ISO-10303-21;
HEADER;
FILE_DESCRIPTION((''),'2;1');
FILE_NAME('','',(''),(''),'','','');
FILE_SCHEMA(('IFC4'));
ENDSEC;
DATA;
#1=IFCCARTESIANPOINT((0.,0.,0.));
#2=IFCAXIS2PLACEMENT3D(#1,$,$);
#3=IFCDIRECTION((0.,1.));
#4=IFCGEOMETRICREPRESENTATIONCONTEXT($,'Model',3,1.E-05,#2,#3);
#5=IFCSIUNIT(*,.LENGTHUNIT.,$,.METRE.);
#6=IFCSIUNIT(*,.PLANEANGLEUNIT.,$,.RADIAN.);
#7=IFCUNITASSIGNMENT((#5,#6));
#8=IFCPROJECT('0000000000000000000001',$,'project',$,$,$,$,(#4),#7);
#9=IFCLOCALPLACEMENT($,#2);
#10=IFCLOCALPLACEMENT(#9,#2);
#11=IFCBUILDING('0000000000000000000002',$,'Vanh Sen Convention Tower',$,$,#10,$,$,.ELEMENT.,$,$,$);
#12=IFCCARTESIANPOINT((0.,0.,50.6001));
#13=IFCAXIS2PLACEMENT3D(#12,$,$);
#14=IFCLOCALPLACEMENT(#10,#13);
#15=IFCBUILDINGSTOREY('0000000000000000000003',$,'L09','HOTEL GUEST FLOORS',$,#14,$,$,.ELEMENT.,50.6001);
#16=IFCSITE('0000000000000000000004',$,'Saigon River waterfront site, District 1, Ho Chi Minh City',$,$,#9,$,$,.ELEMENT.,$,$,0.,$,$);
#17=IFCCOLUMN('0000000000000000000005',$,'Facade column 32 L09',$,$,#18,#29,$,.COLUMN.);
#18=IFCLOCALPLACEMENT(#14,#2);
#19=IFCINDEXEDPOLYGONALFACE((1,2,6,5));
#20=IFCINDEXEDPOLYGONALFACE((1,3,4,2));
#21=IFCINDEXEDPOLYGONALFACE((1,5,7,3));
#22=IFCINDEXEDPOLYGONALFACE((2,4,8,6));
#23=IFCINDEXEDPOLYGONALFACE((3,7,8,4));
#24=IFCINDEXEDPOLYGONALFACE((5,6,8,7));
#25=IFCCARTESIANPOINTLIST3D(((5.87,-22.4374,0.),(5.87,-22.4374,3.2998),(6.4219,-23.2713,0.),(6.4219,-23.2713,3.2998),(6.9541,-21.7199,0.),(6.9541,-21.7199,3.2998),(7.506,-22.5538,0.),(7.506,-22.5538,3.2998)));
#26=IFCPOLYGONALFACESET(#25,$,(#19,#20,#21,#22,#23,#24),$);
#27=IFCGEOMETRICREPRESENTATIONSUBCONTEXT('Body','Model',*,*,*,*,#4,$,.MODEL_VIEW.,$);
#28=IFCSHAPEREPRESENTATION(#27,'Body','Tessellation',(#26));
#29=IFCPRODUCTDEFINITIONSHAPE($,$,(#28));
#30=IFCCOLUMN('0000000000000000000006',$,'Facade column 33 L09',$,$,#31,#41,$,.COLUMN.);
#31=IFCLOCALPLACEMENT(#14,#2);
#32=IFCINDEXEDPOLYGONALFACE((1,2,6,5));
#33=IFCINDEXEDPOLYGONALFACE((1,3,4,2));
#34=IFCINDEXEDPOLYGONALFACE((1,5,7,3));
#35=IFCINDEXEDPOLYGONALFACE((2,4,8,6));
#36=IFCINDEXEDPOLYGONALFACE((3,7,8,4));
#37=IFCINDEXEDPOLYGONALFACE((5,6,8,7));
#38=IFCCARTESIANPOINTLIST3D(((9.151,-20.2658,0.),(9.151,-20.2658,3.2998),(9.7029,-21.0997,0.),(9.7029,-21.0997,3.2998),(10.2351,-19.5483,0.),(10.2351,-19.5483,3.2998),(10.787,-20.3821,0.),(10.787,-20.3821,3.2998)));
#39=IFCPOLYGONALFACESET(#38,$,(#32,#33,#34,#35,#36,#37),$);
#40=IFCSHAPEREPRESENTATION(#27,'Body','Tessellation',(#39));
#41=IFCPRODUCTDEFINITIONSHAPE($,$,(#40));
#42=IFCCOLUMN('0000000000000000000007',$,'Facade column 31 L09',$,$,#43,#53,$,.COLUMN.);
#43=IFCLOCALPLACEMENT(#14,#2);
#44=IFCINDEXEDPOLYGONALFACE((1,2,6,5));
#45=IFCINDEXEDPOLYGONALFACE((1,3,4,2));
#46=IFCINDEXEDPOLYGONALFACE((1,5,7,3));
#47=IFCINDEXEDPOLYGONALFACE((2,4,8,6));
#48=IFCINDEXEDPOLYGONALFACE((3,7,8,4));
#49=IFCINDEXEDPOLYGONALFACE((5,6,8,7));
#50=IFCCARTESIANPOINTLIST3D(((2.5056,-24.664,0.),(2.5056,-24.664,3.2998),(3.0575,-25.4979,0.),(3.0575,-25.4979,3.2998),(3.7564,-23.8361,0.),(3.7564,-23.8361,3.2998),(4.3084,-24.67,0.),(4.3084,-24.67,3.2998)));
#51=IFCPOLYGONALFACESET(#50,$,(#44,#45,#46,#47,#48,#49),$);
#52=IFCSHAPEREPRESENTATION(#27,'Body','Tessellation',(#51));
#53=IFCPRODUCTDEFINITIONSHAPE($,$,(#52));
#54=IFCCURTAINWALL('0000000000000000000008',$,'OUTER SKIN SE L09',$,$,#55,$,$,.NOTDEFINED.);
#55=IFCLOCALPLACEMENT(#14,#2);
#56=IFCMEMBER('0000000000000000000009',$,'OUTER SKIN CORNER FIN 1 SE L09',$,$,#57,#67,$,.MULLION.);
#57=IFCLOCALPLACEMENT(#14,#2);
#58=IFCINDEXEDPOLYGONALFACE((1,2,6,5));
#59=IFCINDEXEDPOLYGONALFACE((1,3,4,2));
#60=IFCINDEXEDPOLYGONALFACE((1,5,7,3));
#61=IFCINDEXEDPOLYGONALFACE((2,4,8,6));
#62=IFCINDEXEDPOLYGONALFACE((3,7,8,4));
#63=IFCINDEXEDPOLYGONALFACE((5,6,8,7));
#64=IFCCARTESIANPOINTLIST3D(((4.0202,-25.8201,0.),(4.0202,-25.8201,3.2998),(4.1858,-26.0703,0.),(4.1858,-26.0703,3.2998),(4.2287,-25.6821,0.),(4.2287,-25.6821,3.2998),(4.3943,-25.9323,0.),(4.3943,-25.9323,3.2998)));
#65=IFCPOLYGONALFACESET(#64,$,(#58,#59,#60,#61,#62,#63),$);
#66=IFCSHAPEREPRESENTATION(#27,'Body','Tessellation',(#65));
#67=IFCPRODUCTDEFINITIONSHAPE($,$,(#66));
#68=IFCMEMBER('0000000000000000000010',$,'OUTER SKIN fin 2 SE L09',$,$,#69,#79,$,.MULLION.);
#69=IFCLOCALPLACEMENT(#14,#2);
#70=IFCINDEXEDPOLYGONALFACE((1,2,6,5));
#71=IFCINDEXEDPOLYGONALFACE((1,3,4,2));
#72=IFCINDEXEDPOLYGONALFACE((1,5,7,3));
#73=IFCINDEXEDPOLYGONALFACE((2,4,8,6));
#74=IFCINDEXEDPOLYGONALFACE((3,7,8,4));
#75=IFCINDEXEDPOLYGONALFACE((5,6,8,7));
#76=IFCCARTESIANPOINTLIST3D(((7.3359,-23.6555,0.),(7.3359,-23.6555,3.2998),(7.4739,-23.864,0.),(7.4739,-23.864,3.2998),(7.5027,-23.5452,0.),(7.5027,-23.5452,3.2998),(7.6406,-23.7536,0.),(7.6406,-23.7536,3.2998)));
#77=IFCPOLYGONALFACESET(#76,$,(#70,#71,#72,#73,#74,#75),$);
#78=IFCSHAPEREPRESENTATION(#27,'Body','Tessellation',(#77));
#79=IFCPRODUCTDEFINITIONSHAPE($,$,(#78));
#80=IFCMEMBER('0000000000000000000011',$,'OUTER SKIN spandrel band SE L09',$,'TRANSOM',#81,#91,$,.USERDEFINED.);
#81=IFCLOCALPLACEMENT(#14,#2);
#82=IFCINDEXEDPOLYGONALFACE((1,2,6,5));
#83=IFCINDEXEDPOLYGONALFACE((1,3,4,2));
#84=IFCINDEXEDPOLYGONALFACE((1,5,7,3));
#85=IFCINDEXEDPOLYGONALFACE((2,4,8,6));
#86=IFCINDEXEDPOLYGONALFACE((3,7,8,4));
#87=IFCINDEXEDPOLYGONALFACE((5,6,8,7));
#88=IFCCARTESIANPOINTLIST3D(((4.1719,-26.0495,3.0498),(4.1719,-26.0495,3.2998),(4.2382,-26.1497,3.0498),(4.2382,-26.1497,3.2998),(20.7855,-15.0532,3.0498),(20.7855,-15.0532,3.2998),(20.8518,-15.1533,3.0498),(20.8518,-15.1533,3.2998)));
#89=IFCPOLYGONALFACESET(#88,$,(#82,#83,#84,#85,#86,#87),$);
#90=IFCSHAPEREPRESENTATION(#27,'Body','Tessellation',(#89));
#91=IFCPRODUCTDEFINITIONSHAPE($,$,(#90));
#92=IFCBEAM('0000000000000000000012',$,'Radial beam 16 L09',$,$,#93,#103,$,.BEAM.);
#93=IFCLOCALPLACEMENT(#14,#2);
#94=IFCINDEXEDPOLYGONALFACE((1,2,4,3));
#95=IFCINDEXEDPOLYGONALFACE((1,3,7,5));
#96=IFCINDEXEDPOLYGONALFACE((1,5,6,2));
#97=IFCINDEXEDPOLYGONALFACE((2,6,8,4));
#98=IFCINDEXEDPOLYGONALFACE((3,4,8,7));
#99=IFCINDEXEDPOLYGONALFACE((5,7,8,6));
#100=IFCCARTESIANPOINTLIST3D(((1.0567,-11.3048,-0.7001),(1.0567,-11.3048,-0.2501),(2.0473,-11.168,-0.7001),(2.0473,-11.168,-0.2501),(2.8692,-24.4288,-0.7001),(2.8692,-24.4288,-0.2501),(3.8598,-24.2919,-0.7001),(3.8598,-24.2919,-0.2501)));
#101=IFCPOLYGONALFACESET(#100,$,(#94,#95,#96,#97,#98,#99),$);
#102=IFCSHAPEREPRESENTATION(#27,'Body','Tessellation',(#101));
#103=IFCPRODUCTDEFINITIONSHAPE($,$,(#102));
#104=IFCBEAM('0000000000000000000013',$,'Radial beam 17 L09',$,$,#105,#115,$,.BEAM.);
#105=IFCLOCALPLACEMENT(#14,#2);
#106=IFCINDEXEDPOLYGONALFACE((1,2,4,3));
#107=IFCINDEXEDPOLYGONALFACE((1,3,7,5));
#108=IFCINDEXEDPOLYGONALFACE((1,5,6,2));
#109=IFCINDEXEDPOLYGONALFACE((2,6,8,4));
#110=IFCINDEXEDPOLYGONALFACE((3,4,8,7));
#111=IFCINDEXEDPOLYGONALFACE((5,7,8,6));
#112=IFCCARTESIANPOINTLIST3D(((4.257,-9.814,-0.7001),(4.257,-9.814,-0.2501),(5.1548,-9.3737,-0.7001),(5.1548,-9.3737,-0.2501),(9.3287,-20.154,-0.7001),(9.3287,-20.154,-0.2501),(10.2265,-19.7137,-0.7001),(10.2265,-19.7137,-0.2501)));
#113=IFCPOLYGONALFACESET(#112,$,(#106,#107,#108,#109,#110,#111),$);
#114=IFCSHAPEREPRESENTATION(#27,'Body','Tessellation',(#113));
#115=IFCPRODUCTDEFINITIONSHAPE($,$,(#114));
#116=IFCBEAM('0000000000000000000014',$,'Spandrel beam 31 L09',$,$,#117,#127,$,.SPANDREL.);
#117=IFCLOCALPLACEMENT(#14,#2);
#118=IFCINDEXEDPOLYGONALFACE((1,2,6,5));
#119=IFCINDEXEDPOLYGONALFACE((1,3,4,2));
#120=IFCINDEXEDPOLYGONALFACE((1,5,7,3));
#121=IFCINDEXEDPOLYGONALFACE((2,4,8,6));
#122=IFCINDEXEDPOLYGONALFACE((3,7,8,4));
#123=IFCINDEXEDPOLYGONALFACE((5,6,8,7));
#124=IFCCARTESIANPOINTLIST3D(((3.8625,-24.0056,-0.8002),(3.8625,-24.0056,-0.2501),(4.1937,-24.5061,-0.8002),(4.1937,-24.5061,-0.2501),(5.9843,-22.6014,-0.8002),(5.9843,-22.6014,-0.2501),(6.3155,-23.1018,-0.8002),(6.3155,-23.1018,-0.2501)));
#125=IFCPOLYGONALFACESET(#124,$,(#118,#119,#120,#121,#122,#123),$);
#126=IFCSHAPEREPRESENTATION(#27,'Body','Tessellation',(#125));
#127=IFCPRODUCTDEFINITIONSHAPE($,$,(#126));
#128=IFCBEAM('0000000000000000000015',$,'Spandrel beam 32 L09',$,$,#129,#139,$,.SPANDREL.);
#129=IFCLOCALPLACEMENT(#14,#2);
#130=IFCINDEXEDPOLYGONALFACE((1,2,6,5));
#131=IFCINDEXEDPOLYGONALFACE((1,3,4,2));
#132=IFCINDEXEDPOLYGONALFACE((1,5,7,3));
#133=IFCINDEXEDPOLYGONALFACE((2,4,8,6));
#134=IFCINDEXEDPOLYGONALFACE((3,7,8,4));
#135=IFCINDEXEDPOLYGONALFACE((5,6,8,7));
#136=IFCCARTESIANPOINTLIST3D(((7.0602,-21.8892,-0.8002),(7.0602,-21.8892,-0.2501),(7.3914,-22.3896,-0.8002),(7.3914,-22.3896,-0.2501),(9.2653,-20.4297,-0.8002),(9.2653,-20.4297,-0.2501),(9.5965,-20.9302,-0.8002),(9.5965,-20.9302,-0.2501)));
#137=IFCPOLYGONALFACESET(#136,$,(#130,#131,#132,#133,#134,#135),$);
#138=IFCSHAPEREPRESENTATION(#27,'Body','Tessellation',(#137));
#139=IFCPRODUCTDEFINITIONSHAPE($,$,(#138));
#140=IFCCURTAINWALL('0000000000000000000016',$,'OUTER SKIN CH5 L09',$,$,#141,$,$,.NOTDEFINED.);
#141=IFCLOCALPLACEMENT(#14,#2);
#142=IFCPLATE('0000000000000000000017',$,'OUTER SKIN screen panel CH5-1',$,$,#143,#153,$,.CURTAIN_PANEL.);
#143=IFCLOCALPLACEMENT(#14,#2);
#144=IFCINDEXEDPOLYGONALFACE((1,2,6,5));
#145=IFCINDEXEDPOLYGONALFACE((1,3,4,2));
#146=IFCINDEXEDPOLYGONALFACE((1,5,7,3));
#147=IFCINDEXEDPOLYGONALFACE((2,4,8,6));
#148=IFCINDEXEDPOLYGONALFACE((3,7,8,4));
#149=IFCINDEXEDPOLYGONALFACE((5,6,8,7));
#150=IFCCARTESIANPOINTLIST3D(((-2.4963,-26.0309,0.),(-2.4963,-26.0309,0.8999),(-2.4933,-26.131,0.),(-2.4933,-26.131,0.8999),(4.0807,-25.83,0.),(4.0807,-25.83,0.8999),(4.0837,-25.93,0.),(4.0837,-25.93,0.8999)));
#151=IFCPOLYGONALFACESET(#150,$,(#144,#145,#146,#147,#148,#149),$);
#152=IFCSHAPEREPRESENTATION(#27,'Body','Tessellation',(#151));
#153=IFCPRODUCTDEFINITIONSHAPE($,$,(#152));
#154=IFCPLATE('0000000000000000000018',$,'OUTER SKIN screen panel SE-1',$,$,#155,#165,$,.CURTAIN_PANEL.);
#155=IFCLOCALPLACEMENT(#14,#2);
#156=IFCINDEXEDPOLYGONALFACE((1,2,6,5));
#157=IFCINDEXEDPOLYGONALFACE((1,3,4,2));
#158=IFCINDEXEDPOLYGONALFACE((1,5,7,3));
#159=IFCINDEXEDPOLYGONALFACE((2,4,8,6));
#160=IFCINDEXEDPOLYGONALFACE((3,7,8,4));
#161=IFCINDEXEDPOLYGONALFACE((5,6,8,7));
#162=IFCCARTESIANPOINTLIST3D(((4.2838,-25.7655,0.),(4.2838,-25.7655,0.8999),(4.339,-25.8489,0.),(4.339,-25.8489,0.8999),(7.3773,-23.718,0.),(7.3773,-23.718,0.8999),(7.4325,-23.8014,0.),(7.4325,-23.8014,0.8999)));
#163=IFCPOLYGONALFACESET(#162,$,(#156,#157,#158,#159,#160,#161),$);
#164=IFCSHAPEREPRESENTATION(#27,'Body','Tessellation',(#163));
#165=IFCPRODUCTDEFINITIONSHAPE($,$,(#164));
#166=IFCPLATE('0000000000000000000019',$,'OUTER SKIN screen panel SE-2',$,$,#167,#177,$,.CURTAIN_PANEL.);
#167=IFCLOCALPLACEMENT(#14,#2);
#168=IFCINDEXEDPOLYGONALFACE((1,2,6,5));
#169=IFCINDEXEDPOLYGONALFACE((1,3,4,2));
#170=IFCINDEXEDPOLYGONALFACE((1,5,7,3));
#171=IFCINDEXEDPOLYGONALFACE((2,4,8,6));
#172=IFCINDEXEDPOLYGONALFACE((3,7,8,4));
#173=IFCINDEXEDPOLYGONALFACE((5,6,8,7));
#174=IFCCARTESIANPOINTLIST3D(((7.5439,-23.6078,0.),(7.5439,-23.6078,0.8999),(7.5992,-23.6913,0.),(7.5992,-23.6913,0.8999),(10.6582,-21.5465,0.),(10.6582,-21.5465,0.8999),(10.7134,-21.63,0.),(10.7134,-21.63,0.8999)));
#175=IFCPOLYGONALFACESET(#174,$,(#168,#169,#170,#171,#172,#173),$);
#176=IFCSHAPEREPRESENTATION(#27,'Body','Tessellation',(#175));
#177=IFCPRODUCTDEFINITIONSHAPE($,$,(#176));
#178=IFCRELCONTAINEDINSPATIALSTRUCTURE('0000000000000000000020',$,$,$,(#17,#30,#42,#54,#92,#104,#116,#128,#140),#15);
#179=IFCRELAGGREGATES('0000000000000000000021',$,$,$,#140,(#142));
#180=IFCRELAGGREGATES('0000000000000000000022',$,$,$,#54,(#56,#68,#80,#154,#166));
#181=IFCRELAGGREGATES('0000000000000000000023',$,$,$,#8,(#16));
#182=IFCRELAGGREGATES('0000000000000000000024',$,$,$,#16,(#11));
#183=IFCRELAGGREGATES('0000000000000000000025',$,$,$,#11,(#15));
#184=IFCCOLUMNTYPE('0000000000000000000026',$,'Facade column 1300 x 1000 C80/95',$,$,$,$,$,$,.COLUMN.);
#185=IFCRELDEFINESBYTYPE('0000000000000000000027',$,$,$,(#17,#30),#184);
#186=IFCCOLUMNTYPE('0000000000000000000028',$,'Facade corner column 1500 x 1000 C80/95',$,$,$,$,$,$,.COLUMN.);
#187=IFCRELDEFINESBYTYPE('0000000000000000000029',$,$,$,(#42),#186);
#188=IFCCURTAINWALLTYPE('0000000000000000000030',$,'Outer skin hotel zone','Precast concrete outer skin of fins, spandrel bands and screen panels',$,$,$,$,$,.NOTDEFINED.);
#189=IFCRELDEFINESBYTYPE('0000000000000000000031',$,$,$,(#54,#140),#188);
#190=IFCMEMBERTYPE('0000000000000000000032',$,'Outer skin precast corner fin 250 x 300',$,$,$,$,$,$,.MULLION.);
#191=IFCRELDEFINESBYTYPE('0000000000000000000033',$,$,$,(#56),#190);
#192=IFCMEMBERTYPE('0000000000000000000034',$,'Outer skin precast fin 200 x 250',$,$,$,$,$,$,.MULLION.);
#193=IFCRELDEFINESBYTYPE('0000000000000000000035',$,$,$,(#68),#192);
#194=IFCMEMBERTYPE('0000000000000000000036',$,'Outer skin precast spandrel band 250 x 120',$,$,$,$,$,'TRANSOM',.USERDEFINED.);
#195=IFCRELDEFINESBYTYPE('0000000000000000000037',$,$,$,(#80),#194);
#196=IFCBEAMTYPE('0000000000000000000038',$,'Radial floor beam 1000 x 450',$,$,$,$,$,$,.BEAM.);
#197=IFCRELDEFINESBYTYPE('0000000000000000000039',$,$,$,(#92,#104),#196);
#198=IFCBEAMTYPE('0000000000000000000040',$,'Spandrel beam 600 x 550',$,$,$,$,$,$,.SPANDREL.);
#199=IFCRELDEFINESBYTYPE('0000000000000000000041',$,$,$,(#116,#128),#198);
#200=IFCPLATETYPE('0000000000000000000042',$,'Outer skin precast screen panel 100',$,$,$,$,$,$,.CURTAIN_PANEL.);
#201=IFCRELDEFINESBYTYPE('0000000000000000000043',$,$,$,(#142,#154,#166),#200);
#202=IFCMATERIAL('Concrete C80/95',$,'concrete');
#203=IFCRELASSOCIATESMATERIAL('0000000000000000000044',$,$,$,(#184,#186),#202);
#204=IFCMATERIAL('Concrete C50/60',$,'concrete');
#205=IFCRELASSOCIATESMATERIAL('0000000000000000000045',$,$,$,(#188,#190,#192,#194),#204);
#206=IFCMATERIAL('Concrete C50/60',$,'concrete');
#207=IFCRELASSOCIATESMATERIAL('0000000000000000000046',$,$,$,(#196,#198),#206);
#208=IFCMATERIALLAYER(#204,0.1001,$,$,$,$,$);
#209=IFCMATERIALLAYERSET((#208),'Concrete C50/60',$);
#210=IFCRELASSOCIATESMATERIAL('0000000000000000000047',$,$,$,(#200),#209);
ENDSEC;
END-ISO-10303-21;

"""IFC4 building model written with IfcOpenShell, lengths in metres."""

from ifc_helpers import new_model, si_unit, direction, frame, origin, origin_2d, place, context, subcontext, project, spatial, rectangle, extrude, material, layer, layer_set, material_profile, profile_set, type_object, element, aggregate, save


model = new_model("IFC4")

# Units and contexts
model_context = context("Model", 3, precision=1e-05, world=origin(), true_north=direction((0.0, 1.0)))
body_context = subcontext(model_context, "Body", "Model", "MODEL_VIEW")
ifc_project = project(units=[si_unit("LENGTHUNIT", "METRE"), si_unit("PLANEANGLEUNIT", "RADIAN")], contexts=[model_context])

# Site, building, storey
site_placement = place(None, origin())
site = spatial("IfcSite", under=ifc_project, at=site_placement, Name="Saigon River waterfront site, District 1, Ho Chi Minh City", CompositionType="ELEMENT", RefElevation=0.0)
building_placement = place(site_placement, origin())
building = spatial("IfcBuilding", under=site, at=building_placement, Name="Vanh Sen Convention Tower", CompositionType="ELEMENT")
storey_placement = place(building_placement, frame((0.0, 0.0, 50.6001)))
storey = spatial("IfcBuildingStorey", under=building, at=storey_placement, Name="L09", Description="HOTEL GUEST FLOORS", CompositionType="ELEMENT", Elevation=50.6001)

# Columns
ifc_material_1 = material(Name="Concrete C80/95", Category="concrete")
ifc_material_profile_1 = material_profile(ifc_material_1, rectangle(XDim=1.3, YDim=1.0, at=origin_2d()), Name="RC 1300X1000")
ifc_profile_set_1 = profile_set([ifc_material_profile_1], Name="Concrete C80/95")
column_type_1 = type_object("IfcColumnType", Name="Facade column 1300 x 1000 C80/95", PredefinedType="COLUMN", material=ifc_profile_set_1)
for number, where, z_axis, x_axis, name in (
    (1, (6.688, -22.4956, 0.0), (0.0, 0.0, 1.0), (0.833886, 0.551937, 0.0), "Facade column 32 L09"),
    (2, (9.969, -20.324, 0.0), (0.0, 0.0, 1.0), (0.833886, 0.551937, 0.0), "Facade column 33 L09"),
):
    element("IfcColumn", number, at=place(storey_placement, frame(where, z_axis=z_axis, x_axis=x_axis)), inside=storey, type_object=column_type_1, Name=name, PredefinedType="COLUMN", context=body_context, shape_type="SweptSolid", body=[
        extrude(rectangle(XDim=1.3, YDim=1.0, at=origin_2d()), origin(), (0.0, 0.0, 1.0), 3.2998),
    ])
ifc_material_profile_2 = material_profile(ifc_material_1, rectangle(XDim=1.5, YDim=1.0, at=origin_2d()), Name="RC 1500X1000")
ifc_profile_set_2 = profile_set([ifc_material_profile_2], Name="Concrete C80/95")
column_type_2 = type_object("IfcColumnType", Name="Facade corner column 1500 x 1000 C80/95", PredefinedType="COLUMN", material=ifc_profile_set_2)
column_placement = place(storey_placement, frame((3.407, -24.667, 0.0), z_axis=(0.0, 0.0, 1.0), x_axis=(0.833886, 0.551937, 0.0)))
element("IfcColumn", 3, at=column_placement, inside=storey, type_object=column_type_2, Name="Facade column 31 L09", PredefinedType="COLUMN", context=body_context, shape_type="SweptSolid", body=[
    extrude(rectangle(XDim=1.5, YDim=1.0, at=origin_2d()), origin(), (0.0, 0.0, 1.0), 3.2998),
])

# Curtain wall, members
ifc_material_2 = material(Name="Concrete C50/60", Category="concrete")
curtain_wall_type = type_object("IfcCurtainWallType", Name="Outer skin hotel zone", Description="Precast concrete outer skin of fins, spandrel bands and screen panels", PredefinedType="NOTDEFINED", material=ifc_material_2)
curtain_wall_1_placement = place(storey_placement, origin())
curtain_wall_1 = element("IfcCurtainWall", 4, at=curtain_wall_1_placement, inside=storey, type_object=curtain_wall_type, Name="OUTER SKIN SE L09", PredefinedType="NOTDEFINED")
ifc_material_profile_3 = material_profile(ifc_material_2, rectangle(XDim=0.25, YDim=0.3, at=origin_2d()), Name="Outer skin precast corner fin 250 x 300")
ifc_profile_set_3 = profile_set([ifc_material_profile_3], Name="Concrete C50/60")
member_type_1 = type_object("IfcMemberType", Name="Outer skin precast corner fin 250 x 300", PredefinedType="MULLION", material=ifc_profile_set_3)
member_1_placement = place(storey_placement, frame((4.2073, -25.8762, 0.0), z_axis=(0.0, 0.0, 1.0), x_axis=(0.833886, 0.551937, 0.0)))
member_1 = element("IfcMember", 5, at=member_1_placement, type_object=member_type_1, Name="OUTER SKIN CORNER FIN 1 SE L09", PredefinedType="MULLION", context=body_context, shape_type="SweptSolid", body=[
    extrude(rectangle(XDim=0.25, YDim=0.3, at=origin_2d()), origin(), (0.0, 0.0, 1.0), 3.2998),
])
ifc_material_profile_4 = material_profile(ifc_material_2, rectangle(XDim=0.2, YDim=0.25, at=origin_2d()), Name="Outer skin precast fin 200 x 250")
ifc_profile_set_4 = profile_set([ifc_material_profile_4], Name="Concrete C50/60")
member_type_2 = type_object("IfcMemberType", Name="Outer skin precast fin 200 x 250", PredefinedType="MULLION", material=ifc_profile_set_4)
member_2_placement = place(storey_placement, frame((7.4883, -23.7046, 0.0), z_axis=(0.0, 0.0, 1.0), x_axis=(0.833886, 0.551937, 0.0)))
member_2 = element("IfcMember", 6, at=member_2_placement, type_object=member_type_2, Name="OUTER SKIN fin 2 SE L09", PredefinedType="MULLION", context=body_context, shape_type="SweptSolid", body=[
    extrude(rectangle(XDim=0.2, YDim=0.25, at=origin_2d()), origin(), (0.0, 0.0, 1.0), 3.2998),
])
ifc_material_profile_5 = material_profile(ifc_material_2, rectangle(XDim=0.1201, YDim=0.25, at=origin_2d()), Name="Outer skin precast spandrel band 250 x 120")
ifc_profile_set_5 = profile_set([ifc_material_profile_5], Name="Concrete C50/60")
member_type_3 = type_object("IfcMemberType", Name="Outer skin precast spandrel band 250 x 120", ElementType="TRANSOM", PredefinedType="USERDEFINED", material=ifc_profile_set_5)
member_3_placement = place(storey_placement, frame((4.2051, -26.0996, 3.1748), z_axis=(0.833884, 0.55194, 0.0), x_axis=(-0.55194, 0.833884, 0.0)))
member_3 = element("IfcMember", 7, at=member_3_placement, type_object=member_type_3, Name="OUTER SKIN spandrel band SE L09", ObjectType="TRANSOM", PredefinedType="USERDEFINED", context=body_context, shape_type="SweptSolid", body=[
    extrude(rectangle(XDim=0.1201, YDim=0.25, at=origin_2d()), origin(), (0.0, 0.0, 1.0), 19.9231),
])

# Beams
ifc_material_3 = material(Name="Concrete C50/60", Category="concrete")
ifc_material_profile_6 = material_profile(ifc_material_3, rectangle(XDim=1.0, YDim=0.45, at=origin_2d()), Name="RC 1000X450")
ifc_profile_set_6 = profile_set([ifc_material_profile_6], Name="Concrete C50/60")
beam_type_1 = type_object("IfcBeamType", Name="Radial floor beam 1000 x 450", PredefinedType="BEAM", material=ifc_profile_set_6)
beam_1_placement = place(storey_placement, frame((3.3645, -24.3604, -0.4751), z_axis=(-0.136807, 0.990598, 0.0), x_axis=(-0.990598, -0.136807, 0.0)))
element("IfcBeam", 8, at=beam_1_placement, inside=storey, type_object=beam_type_1, Name="Radial beam 16 L09", PredefinedType="BEAM", context=body_context, shape_type="SweptSolid", body=[
    extrude(rectangle(XDim=1.0, YDim=0.45, at=origin_2d()), origin(), (0.0, 0.0, 1.0), 13.2485),
])
beam_2_placement = place(storey_placement, frame((9.7776, -19.9338, -0.4751), z_axis=(-0.440375, 0.897814, 0.0), x_axis=(-0.897814, -0.440375, 0.0)))
element("IfcBeam", 9, at=beam_2_placement, inside=storey, type_object=beam_type_1, Name="Radial beam 17 L09", PredefinedType="BEAM", context=body_context, shape_type="SweptSolid", body=[
    extrude(rectangle(XDim=1.0, YDim=0.45, at=origin_2d()), origin(), (0.0, 0.0, 1.0), 11.5168),
])
ifc_material_profile_7 = material_profile(ifc_material_3, rectangle(XDim=0.6001, YDim=0.55, at=origin_2d()), Name="RC 600X550")
ifc_profile_set_7 = profile_set([ifc_material_profile_7], Name="Concrete C50/60")
beam_type_2 = type_object("IfcBeamType", Name="Spandrel beam 600 x 550", PredefinedType="SPANDREL", material=ifc_profile_set_7)
beam_3_placement = place(storey_placement, frame((4.0281, -24.2559, -0.5251), z_axis=(0.833906, 0.551907, 0.0), x_axis=(-0.551907, 0.833906, 0.0)))
element("IfcBeam", 10, at=beam_3_placement, inside=storey, type_object=beam_type_2, Name="Spandrel beam 31 L09", PredefinedType="SPANDREL", context=body_context, shape_type="SweptSolid", body=[
    extrude(rectangle(XDim=0.6001, YDim=0.55, at=origin_2d()), origin(), (0.0, 0.0, 1.0), 2.5444),
])
beam_4_placement = place(storey_placement, frame((7.2258, -22.1394, -0.5251), z_axis=(0.833892, 0.551927, 0.0), x_axis=(-0.551927, 0.833892, 0.0)))
element("IfcBeam", 11, at=beam_4_placement, inside=storey, type_object=beam_type_2, Name="Spandrel beam 32 L09", PredefinedType="SPANDREL", context=body_context, shape_type="SweptSolid", body=[
    extrude(rectangle(XDim=0.6001, YDim=0.55, at=origin_2d()), origin(), (0.0, 0.0, 1.0), 2.6443),
])

# Curtain wall, plate
curtain_wall_2_placement = place(storey_placement, origin())
curtain_wall_2 = element("IfcCurtainWall", 12, at=curtain_wall_2_placement, inside=storey, type_object=curtain_wall_type, Name="OUTER SKIN CH5 L09", PredefinedType="NOTDEFINED")
ifc_layer_1 = layer(ifc_material_2, 0.1001)
ifc_layer_set_1 = layer_set([ifc_layer_1], Name="Concrete C50/60")
plate_type = type_object("IfcPlateType", Name="Outer skin precast screen panel 100", PredefinedType="CURTAIN_PANEL", material=ifc_layer_set_1)
plate_1_placement = place(storey_placement, frame((0.7937, -25.9805, 0.0), z_axis=(0.0, 0.0, 1.0), x_axis=(0.999533, 0.030542, 0.0)))
plate_1 = element("IfcPlate", 13, at=plate_1_placement, type_object=plate_type, Name="OUTER SKIN screen panel CH5-1", PredefinedType="CURTAIN_PANEL", context=body_context, shape_type="SweptSolid", body=[
    extrude(rectangle(XDim=6.5801, YDim=0.1001, at=origin_2d()), origin(), (0.0, 0.0, 1.0), 0.8999),
])
aggregate(curtain_wall_2, [plate_1])

# Plates
plate_2_placement = place(storey_placement, frame((5.8582, -24.7834, 0.0), z_axis=(0.0, 0.0, 1.0), x_axis=(0.833892, 0.551928, 0.0)))
plate_2 = element("IfcPlate", 14, at=plate_2_placement, type_object=plate_type, Name="OUTER SKIN screen panel SE-1", PredefinedType="CURTAIN_PANEL", context=body_context, shape_type="SweptSolid", body=[
    extrude(rectangle(XDim=3.7097, YDim=0.1001, at=origin_2d()), origin(), (0.0, 0.0, 1.0), 0.8999),
])
plate_3_placement = place(storey_placement, frame((9.1287, -22.6189, 0.0), z_axis=(0.0, 0.0, 1.0), x_axis=(0.833892, 0.551928, 0.0)))
plate_3 = element("IfcPlate", 15, at=plate_3_placement, type_object=plate_type, Name="OUTER SKIN screen panel SE-2", PredefinedType="CURTAIN_PANEL", context=body_context, shape_type="SweptSolid", body=[
    extrude(rectangle(XDim=3.7346, YDim=0.1001, at=origin_2d()), origin(), (0.0, 0.0, 1.0), 0.8999),
])
aggregate(curtain_wall_1, [member_1, member_2, member_3, plate_2, plate_3])

save(model, "model.ifc")
